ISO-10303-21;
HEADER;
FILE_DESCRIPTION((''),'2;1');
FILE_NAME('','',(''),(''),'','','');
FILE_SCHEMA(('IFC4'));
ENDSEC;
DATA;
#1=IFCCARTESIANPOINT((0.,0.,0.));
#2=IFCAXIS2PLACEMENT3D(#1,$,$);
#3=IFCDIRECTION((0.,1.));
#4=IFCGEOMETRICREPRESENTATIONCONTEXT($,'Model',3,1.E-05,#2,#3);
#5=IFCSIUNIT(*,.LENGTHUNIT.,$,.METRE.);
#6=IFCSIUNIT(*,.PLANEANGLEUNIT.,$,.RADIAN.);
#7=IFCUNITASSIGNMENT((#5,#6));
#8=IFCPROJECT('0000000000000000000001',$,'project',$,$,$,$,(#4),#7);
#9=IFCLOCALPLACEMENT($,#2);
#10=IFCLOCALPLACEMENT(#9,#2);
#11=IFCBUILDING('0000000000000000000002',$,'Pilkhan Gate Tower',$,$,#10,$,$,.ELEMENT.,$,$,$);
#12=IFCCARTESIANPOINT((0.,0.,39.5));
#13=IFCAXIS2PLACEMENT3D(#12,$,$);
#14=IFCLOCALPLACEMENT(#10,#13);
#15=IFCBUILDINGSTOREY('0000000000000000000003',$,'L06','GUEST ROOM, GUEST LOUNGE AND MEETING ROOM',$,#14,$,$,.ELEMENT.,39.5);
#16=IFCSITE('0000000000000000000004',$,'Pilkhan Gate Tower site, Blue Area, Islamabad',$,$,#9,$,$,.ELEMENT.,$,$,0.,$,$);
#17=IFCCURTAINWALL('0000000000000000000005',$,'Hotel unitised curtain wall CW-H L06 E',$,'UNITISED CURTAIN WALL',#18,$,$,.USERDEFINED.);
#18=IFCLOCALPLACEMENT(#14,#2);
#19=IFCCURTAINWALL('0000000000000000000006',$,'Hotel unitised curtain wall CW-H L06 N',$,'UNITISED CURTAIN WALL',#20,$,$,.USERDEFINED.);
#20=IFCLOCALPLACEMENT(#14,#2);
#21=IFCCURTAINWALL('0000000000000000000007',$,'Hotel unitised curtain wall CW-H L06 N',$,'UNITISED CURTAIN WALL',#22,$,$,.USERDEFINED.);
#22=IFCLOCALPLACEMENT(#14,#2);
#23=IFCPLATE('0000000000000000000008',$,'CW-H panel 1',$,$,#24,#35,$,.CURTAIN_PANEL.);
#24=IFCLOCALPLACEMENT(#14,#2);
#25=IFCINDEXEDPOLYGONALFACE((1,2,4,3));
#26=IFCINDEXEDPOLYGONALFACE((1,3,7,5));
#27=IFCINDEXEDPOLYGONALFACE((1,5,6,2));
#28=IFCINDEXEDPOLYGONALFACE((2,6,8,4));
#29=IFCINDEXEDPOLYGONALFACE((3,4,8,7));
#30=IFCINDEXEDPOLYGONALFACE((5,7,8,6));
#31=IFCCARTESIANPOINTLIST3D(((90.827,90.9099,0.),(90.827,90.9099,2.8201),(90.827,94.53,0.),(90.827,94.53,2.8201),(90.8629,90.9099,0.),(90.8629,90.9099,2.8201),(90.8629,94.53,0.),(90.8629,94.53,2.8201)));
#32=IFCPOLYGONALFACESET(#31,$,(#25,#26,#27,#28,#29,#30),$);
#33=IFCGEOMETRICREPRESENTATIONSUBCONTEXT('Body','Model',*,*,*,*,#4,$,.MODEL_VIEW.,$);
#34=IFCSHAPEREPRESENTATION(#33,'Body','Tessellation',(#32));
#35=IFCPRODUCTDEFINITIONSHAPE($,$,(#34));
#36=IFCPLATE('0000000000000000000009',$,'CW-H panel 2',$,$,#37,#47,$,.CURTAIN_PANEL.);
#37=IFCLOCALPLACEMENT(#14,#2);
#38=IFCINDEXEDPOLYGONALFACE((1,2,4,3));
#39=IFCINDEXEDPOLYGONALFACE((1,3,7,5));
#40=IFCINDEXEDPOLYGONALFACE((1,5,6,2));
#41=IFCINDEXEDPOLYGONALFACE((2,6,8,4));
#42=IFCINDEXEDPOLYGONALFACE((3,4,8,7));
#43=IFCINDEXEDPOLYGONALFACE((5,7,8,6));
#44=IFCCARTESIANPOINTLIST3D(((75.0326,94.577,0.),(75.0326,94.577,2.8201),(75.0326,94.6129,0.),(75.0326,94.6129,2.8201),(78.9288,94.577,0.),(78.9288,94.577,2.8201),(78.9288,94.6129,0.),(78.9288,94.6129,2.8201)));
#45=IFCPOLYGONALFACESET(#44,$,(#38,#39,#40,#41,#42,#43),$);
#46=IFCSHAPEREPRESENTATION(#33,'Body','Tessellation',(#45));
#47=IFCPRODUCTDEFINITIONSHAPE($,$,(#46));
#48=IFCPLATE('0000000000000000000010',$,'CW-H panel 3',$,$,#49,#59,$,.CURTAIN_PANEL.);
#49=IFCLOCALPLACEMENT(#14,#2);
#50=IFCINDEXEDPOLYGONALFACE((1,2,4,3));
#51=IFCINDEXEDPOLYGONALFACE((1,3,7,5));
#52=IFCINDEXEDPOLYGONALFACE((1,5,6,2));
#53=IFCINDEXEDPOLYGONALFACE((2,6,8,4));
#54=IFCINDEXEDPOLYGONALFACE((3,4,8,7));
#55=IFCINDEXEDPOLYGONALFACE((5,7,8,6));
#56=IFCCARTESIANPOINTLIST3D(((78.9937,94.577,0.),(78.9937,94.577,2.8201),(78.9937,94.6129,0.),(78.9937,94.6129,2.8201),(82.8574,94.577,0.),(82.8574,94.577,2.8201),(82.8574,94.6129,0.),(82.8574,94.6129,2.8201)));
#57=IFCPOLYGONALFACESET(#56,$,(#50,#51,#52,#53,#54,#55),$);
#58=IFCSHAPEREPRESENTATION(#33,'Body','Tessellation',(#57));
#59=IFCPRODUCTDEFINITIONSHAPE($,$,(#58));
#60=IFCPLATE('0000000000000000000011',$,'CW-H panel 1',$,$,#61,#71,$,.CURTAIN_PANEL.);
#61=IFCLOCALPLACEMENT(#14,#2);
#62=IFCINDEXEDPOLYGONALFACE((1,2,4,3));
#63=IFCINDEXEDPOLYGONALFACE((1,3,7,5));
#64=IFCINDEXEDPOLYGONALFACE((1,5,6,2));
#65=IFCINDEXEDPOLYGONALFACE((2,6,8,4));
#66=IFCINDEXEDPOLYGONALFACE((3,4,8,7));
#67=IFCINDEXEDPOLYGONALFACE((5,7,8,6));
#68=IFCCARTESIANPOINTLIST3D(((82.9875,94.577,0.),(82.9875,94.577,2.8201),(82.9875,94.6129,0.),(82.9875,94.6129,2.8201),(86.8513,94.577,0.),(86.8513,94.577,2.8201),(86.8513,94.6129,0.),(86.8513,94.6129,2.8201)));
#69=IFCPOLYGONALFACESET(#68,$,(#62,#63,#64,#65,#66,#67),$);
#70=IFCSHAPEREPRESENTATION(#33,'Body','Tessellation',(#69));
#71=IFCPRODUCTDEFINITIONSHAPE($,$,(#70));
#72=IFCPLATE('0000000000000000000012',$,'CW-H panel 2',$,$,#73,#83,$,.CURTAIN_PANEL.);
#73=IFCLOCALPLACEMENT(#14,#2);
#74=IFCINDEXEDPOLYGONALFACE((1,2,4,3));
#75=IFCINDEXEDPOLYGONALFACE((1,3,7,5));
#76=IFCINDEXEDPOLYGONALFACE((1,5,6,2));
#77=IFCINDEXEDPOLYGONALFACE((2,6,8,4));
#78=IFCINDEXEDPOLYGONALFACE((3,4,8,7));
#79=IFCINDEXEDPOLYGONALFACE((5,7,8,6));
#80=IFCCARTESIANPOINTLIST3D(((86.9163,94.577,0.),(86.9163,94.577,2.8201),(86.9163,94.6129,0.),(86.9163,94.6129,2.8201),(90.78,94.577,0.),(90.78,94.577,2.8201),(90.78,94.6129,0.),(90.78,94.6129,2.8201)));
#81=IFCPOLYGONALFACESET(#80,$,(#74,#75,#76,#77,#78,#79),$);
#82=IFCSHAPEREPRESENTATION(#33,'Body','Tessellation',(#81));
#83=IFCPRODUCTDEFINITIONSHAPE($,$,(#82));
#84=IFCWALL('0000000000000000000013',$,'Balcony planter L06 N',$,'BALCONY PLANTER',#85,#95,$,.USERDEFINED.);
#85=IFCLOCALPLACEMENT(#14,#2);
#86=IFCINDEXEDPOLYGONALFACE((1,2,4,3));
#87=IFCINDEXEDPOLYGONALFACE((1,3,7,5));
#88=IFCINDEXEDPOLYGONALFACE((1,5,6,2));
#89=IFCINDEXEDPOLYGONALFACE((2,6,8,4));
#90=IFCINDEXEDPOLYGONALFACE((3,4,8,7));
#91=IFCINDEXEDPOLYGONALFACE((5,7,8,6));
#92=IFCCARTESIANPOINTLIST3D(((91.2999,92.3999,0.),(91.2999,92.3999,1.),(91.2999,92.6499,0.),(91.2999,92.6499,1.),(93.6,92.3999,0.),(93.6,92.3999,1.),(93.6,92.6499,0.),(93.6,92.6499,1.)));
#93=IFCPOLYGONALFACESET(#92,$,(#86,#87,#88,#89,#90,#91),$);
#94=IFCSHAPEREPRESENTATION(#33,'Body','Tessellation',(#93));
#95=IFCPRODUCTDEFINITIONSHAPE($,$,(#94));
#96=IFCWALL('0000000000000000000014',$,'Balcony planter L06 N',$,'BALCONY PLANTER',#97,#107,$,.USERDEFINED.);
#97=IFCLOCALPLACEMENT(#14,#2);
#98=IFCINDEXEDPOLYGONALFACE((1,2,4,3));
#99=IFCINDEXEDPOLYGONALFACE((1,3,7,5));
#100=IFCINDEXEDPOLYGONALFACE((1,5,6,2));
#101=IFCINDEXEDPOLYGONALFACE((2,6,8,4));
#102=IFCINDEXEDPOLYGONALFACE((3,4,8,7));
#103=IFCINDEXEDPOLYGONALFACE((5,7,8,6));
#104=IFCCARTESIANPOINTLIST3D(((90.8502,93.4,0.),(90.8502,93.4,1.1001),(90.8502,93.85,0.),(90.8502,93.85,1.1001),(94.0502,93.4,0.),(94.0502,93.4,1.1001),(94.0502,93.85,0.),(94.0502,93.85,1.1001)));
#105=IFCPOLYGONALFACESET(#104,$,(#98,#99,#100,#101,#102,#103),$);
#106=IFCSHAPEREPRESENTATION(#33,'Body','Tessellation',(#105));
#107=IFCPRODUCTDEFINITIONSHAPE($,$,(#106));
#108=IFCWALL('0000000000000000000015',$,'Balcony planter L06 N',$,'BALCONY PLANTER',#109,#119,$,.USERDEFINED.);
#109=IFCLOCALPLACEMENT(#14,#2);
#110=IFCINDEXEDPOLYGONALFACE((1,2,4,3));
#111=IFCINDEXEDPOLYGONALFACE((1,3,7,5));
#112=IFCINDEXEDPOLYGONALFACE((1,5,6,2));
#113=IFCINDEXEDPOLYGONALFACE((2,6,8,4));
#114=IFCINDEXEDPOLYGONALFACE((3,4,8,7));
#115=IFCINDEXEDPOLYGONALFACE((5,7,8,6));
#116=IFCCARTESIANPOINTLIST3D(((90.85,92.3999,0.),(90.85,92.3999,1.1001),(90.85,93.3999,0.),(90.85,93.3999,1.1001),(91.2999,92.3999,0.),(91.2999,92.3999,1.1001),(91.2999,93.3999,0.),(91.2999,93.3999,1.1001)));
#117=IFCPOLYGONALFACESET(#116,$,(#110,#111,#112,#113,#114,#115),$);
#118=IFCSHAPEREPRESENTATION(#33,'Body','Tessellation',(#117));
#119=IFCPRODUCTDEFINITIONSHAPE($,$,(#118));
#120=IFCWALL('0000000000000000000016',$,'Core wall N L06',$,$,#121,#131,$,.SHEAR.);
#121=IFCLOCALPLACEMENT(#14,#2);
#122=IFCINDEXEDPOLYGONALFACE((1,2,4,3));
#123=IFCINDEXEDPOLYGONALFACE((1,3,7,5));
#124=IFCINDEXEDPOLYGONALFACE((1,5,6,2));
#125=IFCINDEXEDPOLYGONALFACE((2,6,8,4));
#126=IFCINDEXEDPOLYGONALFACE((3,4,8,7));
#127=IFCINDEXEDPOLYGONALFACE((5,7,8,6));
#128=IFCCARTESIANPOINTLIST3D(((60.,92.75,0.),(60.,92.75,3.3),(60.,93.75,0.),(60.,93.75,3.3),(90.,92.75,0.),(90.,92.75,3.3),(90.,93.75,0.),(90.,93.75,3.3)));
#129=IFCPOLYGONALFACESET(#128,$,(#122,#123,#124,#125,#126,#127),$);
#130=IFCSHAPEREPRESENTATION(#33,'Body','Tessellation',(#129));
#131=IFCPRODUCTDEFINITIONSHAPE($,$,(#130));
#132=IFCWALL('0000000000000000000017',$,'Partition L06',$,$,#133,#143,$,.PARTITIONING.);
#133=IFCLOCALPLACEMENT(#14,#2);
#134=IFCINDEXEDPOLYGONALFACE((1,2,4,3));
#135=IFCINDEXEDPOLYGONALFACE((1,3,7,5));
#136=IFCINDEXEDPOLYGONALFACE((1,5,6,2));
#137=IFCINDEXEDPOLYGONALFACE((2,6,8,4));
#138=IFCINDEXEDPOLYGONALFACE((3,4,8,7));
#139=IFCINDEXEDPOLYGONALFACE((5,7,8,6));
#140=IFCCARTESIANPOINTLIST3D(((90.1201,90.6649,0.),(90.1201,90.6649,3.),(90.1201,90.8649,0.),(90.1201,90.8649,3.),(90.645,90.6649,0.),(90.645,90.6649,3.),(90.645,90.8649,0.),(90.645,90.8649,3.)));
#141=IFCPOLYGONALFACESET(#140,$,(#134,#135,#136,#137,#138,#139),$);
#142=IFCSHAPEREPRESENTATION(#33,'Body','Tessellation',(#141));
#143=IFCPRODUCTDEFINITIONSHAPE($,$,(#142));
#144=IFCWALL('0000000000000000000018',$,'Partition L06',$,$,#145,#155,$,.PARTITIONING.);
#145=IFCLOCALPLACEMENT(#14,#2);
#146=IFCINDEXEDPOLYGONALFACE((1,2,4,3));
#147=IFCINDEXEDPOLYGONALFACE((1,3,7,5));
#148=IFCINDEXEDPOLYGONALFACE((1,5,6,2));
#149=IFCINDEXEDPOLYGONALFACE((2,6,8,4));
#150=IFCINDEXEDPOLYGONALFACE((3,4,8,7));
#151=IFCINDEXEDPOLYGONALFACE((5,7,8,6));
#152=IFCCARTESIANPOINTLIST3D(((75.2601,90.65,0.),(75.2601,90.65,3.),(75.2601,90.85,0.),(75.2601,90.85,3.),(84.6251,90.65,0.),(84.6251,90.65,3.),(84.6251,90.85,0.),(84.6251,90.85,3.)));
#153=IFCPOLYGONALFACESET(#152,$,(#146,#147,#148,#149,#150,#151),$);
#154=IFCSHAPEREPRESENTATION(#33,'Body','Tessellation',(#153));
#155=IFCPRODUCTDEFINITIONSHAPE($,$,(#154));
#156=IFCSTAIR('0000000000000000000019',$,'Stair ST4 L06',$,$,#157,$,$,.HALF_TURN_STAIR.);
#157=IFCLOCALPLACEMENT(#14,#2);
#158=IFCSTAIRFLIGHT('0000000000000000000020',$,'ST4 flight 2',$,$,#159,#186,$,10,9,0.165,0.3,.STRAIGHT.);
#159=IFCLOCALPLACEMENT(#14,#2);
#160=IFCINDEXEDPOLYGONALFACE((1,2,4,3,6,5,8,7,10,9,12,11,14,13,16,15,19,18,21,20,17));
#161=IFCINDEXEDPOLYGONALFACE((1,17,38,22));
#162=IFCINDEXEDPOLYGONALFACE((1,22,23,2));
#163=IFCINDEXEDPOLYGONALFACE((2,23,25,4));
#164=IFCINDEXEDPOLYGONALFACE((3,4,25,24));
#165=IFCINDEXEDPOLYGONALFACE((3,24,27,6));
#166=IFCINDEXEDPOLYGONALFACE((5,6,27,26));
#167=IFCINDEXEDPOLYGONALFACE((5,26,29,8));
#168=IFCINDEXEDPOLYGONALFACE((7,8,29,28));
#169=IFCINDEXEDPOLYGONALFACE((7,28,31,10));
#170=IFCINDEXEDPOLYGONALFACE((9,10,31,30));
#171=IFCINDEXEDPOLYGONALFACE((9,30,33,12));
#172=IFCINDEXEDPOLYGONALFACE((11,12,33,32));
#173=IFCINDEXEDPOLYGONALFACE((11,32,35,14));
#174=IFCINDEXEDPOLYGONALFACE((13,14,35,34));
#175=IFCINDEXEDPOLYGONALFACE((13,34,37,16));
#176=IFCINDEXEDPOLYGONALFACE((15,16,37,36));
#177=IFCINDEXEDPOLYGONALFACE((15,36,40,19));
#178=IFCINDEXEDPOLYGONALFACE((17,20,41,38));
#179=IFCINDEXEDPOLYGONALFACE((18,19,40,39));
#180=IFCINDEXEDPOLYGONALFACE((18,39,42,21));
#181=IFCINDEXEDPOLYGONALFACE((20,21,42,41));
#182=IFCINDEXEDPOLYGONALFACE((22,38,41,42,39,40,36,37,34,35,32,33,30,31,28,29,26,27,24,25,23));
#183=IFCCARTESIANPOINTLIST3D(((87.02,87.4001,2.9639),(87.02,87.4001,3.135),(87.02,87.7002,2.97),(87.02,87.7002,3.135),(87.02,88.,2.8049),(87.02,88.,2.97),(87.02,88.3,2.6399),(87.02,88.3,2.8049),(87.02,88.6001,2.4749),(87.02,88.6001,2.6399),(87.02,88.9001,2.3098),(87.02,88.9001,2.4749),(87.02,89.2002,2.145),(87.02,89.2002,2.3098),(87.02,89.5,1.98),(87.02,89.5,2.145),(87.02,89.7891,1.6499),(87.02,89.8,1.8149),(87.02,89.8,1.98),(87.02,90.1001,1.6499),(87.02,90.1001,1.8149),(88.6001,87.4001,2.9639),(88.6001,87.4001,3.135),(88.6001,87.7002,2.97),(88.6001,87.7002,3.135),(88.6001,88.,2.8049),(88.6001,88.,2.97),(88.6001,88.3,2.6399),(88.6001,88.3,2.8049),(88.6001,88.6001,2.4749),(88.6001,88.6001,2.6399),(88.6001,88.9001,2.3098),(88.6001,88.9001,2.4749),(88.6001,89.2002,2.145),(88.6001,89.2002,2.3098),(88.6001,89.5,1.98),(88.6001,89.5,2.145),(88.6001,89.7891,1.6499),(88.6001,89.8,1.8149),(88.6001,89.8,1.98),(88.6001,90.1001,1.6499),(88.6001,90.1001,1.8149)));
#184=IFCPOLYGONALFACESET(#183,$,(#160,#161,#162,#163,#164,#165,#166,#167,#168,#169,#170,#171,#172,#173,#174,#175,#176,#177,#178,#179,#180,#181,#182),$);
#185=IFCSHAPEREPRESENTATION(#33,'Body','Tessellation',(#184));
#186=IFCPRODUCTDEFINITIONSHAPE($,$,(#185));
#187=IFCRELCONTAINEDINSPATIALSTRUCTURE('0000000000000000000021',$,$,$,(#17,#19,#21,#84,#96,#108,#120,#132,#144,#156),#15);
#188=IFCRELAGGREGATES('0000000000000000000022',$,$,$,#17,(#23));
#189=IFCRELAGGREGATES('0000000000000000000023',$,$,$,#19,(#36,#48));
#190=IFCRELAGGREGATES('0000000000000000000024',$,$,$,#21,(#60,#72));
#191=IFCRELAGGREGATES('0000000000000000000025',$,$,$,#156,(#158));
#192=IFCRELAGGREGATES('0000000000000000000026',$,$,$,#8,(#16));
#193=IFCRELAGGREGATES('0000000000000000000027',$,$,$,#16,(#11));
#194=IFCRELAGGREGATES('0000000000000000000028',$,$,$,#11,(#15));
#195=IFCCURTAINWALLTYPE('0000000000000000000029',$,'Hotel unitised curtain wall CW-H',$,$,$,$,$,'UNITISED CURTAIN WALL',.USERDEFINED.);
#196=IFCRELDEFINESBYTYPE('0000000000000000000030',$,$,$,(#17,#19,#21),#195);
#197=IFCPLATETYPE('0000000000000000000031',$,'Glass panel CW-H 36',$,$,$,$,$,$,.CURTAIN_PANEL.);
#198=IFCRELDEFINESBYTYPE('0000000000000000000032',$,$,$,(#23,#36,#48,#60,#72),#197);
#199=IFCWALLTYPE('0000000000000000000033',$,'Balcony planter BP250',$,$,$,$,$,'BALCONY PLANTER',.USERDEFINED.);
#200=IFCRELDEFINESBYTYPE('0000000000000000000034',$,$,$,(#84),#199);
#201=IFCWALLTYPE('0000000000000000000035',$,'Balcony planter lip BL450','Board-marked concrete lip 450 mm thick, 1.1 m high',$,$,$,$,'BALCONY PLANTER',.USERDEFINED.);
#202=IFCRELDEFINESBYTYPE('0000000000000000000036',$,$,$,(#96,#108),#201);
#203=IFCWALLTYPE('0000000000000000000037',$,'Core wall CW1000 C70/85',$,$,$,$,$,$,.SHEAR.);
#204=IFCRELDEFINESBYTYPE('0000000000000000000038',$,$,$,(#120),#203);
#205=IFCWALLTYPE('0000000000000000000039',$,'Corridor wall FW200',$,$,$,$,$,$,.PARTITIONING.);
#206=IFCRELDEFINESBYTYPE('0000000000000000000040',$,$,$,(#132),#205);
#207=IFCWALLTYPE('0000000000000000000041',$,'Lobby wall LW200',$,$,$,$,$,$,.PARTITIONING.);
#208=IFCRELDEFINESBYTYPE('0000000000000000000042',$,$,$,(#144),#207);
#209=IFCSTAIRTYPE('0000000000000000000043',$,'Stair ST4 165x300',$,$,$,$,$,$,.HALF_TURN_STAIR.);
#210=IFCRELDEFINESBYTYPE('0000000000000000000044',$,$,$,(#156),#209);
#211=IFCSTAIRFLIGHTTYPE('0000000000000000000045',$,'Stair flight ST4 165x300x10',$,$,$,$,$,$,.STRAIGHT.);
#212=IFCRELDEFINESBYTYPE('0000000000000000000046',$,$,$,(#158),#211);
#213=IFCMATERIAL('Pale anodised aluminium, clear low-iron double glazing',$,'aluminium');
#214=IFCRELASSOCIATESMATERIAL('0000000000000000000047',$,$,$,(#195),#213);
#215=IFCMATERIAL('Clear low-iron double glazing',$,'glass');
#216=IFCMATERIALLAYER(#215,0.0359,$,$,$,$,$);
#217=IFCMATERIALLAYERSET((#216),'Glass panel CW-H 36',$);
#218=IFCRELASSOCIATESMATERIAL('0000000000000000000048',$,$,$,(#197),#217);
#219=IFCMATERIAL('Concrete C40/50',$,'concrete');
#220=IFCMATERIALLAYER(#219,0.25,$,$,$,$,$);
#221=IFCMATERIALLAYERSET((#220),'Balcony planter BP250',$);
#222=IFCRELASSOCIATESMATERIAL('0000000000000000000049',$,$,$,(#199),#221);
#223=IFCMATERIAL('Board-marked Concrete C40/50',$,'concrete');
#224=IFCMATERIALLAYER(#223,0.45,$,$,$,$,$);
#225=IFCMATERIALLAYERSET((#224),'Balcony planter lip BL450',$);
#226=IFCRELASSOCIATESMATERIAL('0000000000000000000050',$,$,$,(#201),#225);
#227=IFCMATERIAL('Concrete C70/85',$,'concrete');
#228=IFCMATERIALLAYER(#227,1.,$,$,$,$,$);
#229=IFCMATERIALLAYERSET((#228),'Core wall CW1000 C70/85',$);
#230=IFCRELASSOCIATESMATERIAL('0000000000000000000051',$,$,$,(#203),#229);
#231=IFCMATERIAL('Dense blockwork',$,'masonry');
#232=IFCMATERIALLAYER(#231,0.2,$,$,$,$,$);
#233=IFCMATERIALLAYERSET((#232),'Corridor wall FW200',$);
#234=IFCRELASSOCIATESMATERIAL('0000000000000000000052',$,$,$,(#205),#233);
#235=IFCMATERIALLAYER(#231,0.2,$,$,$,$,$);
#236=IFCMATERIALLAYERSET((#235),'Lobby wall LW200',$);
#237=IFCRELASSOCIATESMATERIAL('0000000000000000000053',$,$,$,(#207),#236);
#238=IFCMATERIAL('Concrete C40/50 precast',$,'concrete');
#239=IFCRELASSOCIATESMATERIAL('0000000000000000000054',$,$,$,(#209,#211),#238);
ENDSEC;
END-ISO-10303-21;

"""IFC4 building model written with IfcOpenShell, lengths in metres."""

from ifc_helpers import new_model, si_unit, direction, frame, frame_2d, origin, origin_2d, place, context, subcontext, project, spatial, polyline, rectangle, outline, extrude, material, layer, layer_set, type_object, element, aggregate, save


model = new_model("IFC4")

# Units and contexts
model_context = context("Model", 3, precision=1e-05, world=origin(), true_north=direction((0.0, 1.0)))
body_context = subcontext(model_context, "Body", "Model", "MODEL_VIEW")
ifc_project = project(units=[si_unit("LENGTHUNIT", "METRE"), si_unit("PLANEANGLEUNIT", "RADIAN")], contexts=[model_context])

# Site, building, storey
site_placement = place(None, origin())
site = spatial("IfcSite", under=ifc_project, at=site_placement, Name="Pilkhan Gate Tower site, Blue Area, Islamabad", CompositionType="ELEMENT", RefElevation=0.0)
building_placement = place(site_placement, origin())
building = spatial("IfcBuilding", under=site, at=building_placement, Name="Pilkhan Gate Tower", CompositionType="ELEMENT")
storey_placement = place(building_placement, frame((0.0, 0.0, 39.5)))
storey = spatial("IfcBuildingStorey", under=building, at=storey_placement, Name="L06", Description="GUEST ROOM, GUEST LOUNGE AND MEETING ROOM", CompositionType="ELEMENT", Elevation=39.5)

# Curtain walls
ifc_material_1 = material(Name="Pale anodised aluminium, clear low-iron double glazing", Category="aluminium")
curtain_wall_type = type_object("IfcCurtainWallType", Name="Hotel unitised curtain wall CW-H", ElementType="UNITISED CURTAIN WALL", PredefinedType="USERDEFINED", material=ifc_material_1)
curtain_wall_1_placement = place(storey_placement, origin())
curtain_wall_1 = element("IfcCurtainWall", 1, at=curtain_wall_1_placement, inside=storey, type_object=curtain_wall_type, Name="Hotel unitised curtain wall CW-H L06 E", ObjectType="UNITISED CURTAIN WALL", PredefinedType="USERDEFINED")
curtain_wall_2_placement = place(storey_placement, origin())
curtain_wall_2 = element("IfcCurtainWall", 2, at=curtain_wall_2_placement, inside=storey, type_object=curtain_wall_type, Name="Hotel unitised curtain wall CW-H L06 N", ObjectType="UNITISED CURTAIN WALL", PredefinedType="USERDEFINED")
curtain_wall_3_placement = place(storey_placement, origin())
curtain_wall_3 = element("IfcCurtainWall", 3, at=curtain_wall_3_placement, inside=storey, type_object=curtain_wall_type, Name="Hotel unitised curtain wall CW-H L06 N", ObjectType="UNITISED CURTAIN WALL", PredefinedType="USERDEFINED")

# Plates
ifc_material_2 = material(Name="Clear low-iron double glazing", Category="glass")
ifc_layer_1 = layer(ifc_material_2, 0.0359)
ifc_layer_set_1 = layer_set([ifc_layer_1], Name="Glass panel CW-H 36")
plate_type = type_object("IfcPlateType", Name="Glass panel CW-H 36", PredefinedType="CURTAIN_PANEL", material=ifc_layer_set_1)
plate_1_placement = place(storey_placement, frame((90.845, 92.72, 0.0), z_axis=(0.0, 0.0, 1.0), x_axis=(0.0, 1.0, 0.0)))
plate_1 = element("IfcPlate", 4, at=plate_1_placement, type_object=plate_type, Name="CW-H panel 1", PredefinedType="CURTAIN_PANEL", context=body_context, shape_type="SweptSolid", body=[
    extrude(rectangle(XDim=3.6201, YDim=0.0359, at=origin_2d()), origin(), (0.0, 0.0, 1.0), 2.8201),
])
aggregate(curtain_wall_1, [plate_1])
plate_2_placement = place(storey_placement, frame((76.9807, 94.595, 0.0), z_axis=(0.0, 0.0, 1.0), x_axis=(1.0, 0.0, 0.0)))
plate_2 = element("IfcPlate", 5, at=plate_2_placement, type_object=plate_type, Name="CW-H panel 2", PredefinedType="CURTAIN_PANEL", context=body_context, shape_type="SweptSolid", body=[
    extrude(rectangle(XDim=3.8962, YDim=0.0359, at=origin_2d()), origin(), (0.0, 0.0, 1.0), 2.8201),
])
plate_3_placement = place(storey_placement, frame((80.9255, 94.595, 0.0), z_axis=(0.0, 0.0, 1.0), x_axis=(1.0, 0.0, 0.0)))
plate_3 = element("IfcPlate", 6, at=plate_3_placement, type_object=plate_type, Name="CW-H panel 3", PredefinedType="CURTAIN_PANEL", context=body_context, shape_type="SweptSolid", body=[
    extrude(rectangle(XDim=3.8638, YDim=0.0359, at=origin_2d()), origin(), (0.0, 0.0, 1.0), 2.8201),
])
aggregate(curtain_wall_2, [plate_2, plate_3])
plate_4_placement = place(storey_placement, frame((84.9194, 94.595, 0.0), z_axis=(0.0, 0.0, 1.0), x_axis=(1.0, 0.0, 0.0)))
plate_4 = element("IfcPlate", 7, at=plate_4_placement, type_object=plate_type, Name="CW-H panel 1", PredefinedType="CURTAIN_PANEL", context=body_context, shape_type="SweptSolid", body=[
    extrude(rectangle(XDim=3.8638, YDim=0.0359, at=origin_2d()), origin(), (0.0, 0.0, 1.0), 2.8201),
])
plate_5_placement = place(storey_placement, frame((88.8481, 94.595, 0.0), z_axis=(0.0, 0.0, 1.0), x_axis=(1.0, 0.0, 0.0)))
plate_5 = element("IfcPlate", 8, at=plate_5_placement, type_object=plate_type, Name="CW-H panel 2", PredefinedType="CURTAIN_PANEL", context=body_context, shape_type="SweptSolid", body=[
    extrude(rectangle(XDim=3.8638, YDim=0.0359, at=origin_2d()), origin(), (0.0, 0.0, 1.0), 2.8201),
])
aggregate(curtain_wall_3, [plate_4, plate_5])

# Walls
ifc_material_3 = material(Name="Concrete C40/50", Category="concrete")
ifc_layer_2 = layer(ifc_material_3, 0.25)
ifc_layer_set_2 = layer_set([ifc_layer_2], Name="Balcony planter BP250")
wall_type_1 = type_object("IfcWallType", Name="Balcony planter BP250", ElementType="BALCONY PLANTER", PredefinedType="USERDEFINED", material=ifc_layer_set_2)
wall_1_placement = place(storey_placement, frame((91.3, 92.5249, 0.0), z_axis=(0.0, 0.0, 1.0), x_axis=(1.0, 0.0, 0.0)))
element("IfcWall", 9, at=wall_1_placement, inside=storey, type_object=wall_type_1, Name="Balcony planter L06 N", ObjectType="BALCONY PLANTER", PredefinedType="USERDEFINED", context=body_context, shape_type="SweptSolid", body=[
    extrude(rectangle(XDim=2.3, YDim=0.25, at=frame_2d((1.1499, 0.0))), origin(), (0.0, 0.0, 1.0), 1.0),
])
ifc_material_4 = material(Name="Board-marked Concrete C40/50", Category="concrete")
ifc_layer_3 = layer(ifc_material_4, 0.45)
ifc_layer_set_3 = layer_set([ifc_layer_3], Name="Balcony planter lip BL450")
wall_type_2 = type_object("IfcWallType", Name="Balcony planter lip BL450", Description="Board-marked concrete lip 450 mm thick, 1.1 m high", ElementType="BALCONY PLANTER", PredefinedType="USERDEFINED", material=ifc_layer_set_3)
wall_2_placement = place(storey_placement, frame((90.8501, 93.625, 0.0), z_axis=(0.0, 0.0, 1.0), x_axis=(1.0, 0.0, 0.0)))
element("IfcWall", 10, at=wall_2_placement, inside=storey, type_object=wall_type_2, Name="Balcony planter L06 N", ObjectType="BALCONY PLANTER", PredefinedType="USERDEFINED", context=body_context, shape_type="SweptSolid", body=[
    extrude(rectangle(XDim=3.2, YDim=0.45, at=frame_2d((1.6001, 0.0))), origin(), (0.0, 0.0, 1.0), 1.1001),
])
wall_3_placement = place(storey_placement, frame((91.075, 92.3999, 0.0), z_axis=(0.0, 0.0, 1.0), x_axis=(0.0, 1.0, 0.0)))
element("IfcWall", 11, at=wall_3_placement, inside=storey, type_object=wall_type_2, Name="Balcony planter L06 N", ObjectType="BALCONY PLANTER", PredefinedType="USERDEFINED", context=body_context, shape_type="SweptSolid", body=[
    extrude(rectangle(XDim=1.0, YDim=0.45, at=frame_2d((0.5, 0.0))), origin(), (0.0, 0.0, 1.0), 1.1001),
])
ifc_material_5 = material(Name="Concrete C70/85", Category="concrete")
ifc_layer_4 = layer(ifc_material_5, 1.0)
ifc_layer_set_4 = layer_set([ifc_layer_4], Name="Core wall CW1000 C70/85")
wall_type_3 = type_object("IfcWallType", Name="Core wall CW1000 C70/85", PredefinedType="SHEAR", material=ifc_layer_set_4)
wall_4_placement = place(storey_placement, frame((90.0, 93.25, 0.0), z_axis=(0.0, 0.0, 1.0), x_axis=(-1.0, 0.0, 0.0)))
element("IfcWall", 12, at=wall_4_placement, inside=storey, type_object=wall_type_3, Name="Core wall N L06", PredefinedType="SHEAR", context=body_context, shape_type="SweptSolid", body=[
    extrude(rectangle(XDim=30.0, YDim=1.0, at=frame_2d((15.0, 0.0))), origin(), (0.0, 0.0, 1.0), 3.3),
])
ifc_material_6 = material(Name="Dense blockwork", Category="masonry")
ifc_layer_5 = layer(ifc_material_6, 0.2)
ifc_layer_set_5 = layer_set([ifc_layer_5], Name="Corridor wall FW200")
wall_type_4 = type_object("IfcWallType", Name="Corridor wall FW200", PredefinedType="PARTITIONING", material=ifc_layer_set_5)
wall_5_placement = place(storey_placement, frame((90.1201, 90.7649, 0.0), z_axis=(0.0, 0.0, 1.0), x_axis=(1.0, 0.0, 0.0)))
element("IfcWall", 13, at=wall_5_placement, inside=storey, type_object=wall_type_4, Name="Partition L06", PredefinedType="PARTITIONING", context=body_context, shape_type="SweptSolid", body=[
    extrude(rectangle(XDim=0.5249, YDim=0.2, at=frame_2d((0.2625, 0.0))), origin(), (0.0, 0.0, 1.0), 3.0),
])

# Wall
ifc_layer_6 = layer(ifc_material_6, 0.2)
ifc_layer_set_6 = layer_set([ifc_layer_6], Name="Lobby wall LW200")
wall_type_5 = type_object("IfcWallType", Name="Lobby wall LW200", PredefinedType="PARTITIONING", material=ifc_layer_set_6)
wall_6_placement = place(storey_placement, frame((75.26, 90.75, 0.0), z_axis=(0.0, 0.0, 1.0), x_axis=(1.0, 0.0, 0.0)))
element("IfcWall", 14, at=wall_6_placement, inside=storey, type_object=wall_type_5, Name="Partition L06", PredefinedType="PARTITIONING", context=body_context, shape_type="SweptSolid", body=[
    extrude(rectangle(XDim=9.365, YDim=0.2, at=frame_2d((4.6826, 0.0))), origin(), (0.0, 0.0, 1.0), 3.0),
])

# Stair, stair flight
ifc_material_7 = material(Name="Concrete C40/50 precast", Category="concrete")
stair_type = type_object("IfcStairType", Name="Stair ST4 165x300", PredefinedType="HALF_TURN_STAIR", material=ifc_material_7)
stair_placement = place(storey_placement, origin())
stair = element("IfcStair", 15, at=stair_placement, inside=storey, type_object=stair_type, Name="Stair ST4 L06", PredefinedType="HALF_TURN_STAIR")
stair_flight_type = type_object("IfcStairFlightType", Name="Stair flight ST4 165x300x10", PredefinedType="STRAIGHT", material=ifc_material_7)
stair_flight_placement = place(storey_placement, frame((87.8101, 90.1001, 1.6499), z_axis=(0.0, 0.0, 1.0), x_axis=(0.0, -1.0, 0.0)))
stair_flight = element("IfcStairFlight", 16, at=stair_flight_placement, type_object=stair_flight_type, Name="ST4 flight 2", NumberOfRisers=10, NumberOfTreads=9, PredefinedType="STRAIGHT", RiserHeight=0.165, TreadLength=0.3, context=body_context, shape_type="SweptSolid", body=[
    extrude(outline(polyline([(0.0, 0.0), (0.0, 0.165), (0.3, 0.165), (0.3, 0.3301), (0.6001, 0.3301), (0.6001, 0.4951), (0.8999, 0.4951), (0.8999, 0.6599), (1.2, 0.6599), (1.2, 0.825), (1.5, 0.825), (1.5, 0.99), (1.8, 0.99), (1.8, 1.155), (2.1001, 1.155), (2.1001, 1.3201), (2.3999, 1.3201), (2.3999, 1.4851), (2.7, 1.4851), (2.7, 1.6499), (2.7, 1.314), (0.311, 0.0), (0.0, 0.0)])), frame((0.0, 0.79, 0.0), z_axis=(0.0, -1.0, 0.0), x_axis=(1.0, 0.0, 0.0)), (0.0, 0.0, 1.0), 1.5801),
])
aggregate(stair, [stair_flight])

save(model, "model.ifc")
